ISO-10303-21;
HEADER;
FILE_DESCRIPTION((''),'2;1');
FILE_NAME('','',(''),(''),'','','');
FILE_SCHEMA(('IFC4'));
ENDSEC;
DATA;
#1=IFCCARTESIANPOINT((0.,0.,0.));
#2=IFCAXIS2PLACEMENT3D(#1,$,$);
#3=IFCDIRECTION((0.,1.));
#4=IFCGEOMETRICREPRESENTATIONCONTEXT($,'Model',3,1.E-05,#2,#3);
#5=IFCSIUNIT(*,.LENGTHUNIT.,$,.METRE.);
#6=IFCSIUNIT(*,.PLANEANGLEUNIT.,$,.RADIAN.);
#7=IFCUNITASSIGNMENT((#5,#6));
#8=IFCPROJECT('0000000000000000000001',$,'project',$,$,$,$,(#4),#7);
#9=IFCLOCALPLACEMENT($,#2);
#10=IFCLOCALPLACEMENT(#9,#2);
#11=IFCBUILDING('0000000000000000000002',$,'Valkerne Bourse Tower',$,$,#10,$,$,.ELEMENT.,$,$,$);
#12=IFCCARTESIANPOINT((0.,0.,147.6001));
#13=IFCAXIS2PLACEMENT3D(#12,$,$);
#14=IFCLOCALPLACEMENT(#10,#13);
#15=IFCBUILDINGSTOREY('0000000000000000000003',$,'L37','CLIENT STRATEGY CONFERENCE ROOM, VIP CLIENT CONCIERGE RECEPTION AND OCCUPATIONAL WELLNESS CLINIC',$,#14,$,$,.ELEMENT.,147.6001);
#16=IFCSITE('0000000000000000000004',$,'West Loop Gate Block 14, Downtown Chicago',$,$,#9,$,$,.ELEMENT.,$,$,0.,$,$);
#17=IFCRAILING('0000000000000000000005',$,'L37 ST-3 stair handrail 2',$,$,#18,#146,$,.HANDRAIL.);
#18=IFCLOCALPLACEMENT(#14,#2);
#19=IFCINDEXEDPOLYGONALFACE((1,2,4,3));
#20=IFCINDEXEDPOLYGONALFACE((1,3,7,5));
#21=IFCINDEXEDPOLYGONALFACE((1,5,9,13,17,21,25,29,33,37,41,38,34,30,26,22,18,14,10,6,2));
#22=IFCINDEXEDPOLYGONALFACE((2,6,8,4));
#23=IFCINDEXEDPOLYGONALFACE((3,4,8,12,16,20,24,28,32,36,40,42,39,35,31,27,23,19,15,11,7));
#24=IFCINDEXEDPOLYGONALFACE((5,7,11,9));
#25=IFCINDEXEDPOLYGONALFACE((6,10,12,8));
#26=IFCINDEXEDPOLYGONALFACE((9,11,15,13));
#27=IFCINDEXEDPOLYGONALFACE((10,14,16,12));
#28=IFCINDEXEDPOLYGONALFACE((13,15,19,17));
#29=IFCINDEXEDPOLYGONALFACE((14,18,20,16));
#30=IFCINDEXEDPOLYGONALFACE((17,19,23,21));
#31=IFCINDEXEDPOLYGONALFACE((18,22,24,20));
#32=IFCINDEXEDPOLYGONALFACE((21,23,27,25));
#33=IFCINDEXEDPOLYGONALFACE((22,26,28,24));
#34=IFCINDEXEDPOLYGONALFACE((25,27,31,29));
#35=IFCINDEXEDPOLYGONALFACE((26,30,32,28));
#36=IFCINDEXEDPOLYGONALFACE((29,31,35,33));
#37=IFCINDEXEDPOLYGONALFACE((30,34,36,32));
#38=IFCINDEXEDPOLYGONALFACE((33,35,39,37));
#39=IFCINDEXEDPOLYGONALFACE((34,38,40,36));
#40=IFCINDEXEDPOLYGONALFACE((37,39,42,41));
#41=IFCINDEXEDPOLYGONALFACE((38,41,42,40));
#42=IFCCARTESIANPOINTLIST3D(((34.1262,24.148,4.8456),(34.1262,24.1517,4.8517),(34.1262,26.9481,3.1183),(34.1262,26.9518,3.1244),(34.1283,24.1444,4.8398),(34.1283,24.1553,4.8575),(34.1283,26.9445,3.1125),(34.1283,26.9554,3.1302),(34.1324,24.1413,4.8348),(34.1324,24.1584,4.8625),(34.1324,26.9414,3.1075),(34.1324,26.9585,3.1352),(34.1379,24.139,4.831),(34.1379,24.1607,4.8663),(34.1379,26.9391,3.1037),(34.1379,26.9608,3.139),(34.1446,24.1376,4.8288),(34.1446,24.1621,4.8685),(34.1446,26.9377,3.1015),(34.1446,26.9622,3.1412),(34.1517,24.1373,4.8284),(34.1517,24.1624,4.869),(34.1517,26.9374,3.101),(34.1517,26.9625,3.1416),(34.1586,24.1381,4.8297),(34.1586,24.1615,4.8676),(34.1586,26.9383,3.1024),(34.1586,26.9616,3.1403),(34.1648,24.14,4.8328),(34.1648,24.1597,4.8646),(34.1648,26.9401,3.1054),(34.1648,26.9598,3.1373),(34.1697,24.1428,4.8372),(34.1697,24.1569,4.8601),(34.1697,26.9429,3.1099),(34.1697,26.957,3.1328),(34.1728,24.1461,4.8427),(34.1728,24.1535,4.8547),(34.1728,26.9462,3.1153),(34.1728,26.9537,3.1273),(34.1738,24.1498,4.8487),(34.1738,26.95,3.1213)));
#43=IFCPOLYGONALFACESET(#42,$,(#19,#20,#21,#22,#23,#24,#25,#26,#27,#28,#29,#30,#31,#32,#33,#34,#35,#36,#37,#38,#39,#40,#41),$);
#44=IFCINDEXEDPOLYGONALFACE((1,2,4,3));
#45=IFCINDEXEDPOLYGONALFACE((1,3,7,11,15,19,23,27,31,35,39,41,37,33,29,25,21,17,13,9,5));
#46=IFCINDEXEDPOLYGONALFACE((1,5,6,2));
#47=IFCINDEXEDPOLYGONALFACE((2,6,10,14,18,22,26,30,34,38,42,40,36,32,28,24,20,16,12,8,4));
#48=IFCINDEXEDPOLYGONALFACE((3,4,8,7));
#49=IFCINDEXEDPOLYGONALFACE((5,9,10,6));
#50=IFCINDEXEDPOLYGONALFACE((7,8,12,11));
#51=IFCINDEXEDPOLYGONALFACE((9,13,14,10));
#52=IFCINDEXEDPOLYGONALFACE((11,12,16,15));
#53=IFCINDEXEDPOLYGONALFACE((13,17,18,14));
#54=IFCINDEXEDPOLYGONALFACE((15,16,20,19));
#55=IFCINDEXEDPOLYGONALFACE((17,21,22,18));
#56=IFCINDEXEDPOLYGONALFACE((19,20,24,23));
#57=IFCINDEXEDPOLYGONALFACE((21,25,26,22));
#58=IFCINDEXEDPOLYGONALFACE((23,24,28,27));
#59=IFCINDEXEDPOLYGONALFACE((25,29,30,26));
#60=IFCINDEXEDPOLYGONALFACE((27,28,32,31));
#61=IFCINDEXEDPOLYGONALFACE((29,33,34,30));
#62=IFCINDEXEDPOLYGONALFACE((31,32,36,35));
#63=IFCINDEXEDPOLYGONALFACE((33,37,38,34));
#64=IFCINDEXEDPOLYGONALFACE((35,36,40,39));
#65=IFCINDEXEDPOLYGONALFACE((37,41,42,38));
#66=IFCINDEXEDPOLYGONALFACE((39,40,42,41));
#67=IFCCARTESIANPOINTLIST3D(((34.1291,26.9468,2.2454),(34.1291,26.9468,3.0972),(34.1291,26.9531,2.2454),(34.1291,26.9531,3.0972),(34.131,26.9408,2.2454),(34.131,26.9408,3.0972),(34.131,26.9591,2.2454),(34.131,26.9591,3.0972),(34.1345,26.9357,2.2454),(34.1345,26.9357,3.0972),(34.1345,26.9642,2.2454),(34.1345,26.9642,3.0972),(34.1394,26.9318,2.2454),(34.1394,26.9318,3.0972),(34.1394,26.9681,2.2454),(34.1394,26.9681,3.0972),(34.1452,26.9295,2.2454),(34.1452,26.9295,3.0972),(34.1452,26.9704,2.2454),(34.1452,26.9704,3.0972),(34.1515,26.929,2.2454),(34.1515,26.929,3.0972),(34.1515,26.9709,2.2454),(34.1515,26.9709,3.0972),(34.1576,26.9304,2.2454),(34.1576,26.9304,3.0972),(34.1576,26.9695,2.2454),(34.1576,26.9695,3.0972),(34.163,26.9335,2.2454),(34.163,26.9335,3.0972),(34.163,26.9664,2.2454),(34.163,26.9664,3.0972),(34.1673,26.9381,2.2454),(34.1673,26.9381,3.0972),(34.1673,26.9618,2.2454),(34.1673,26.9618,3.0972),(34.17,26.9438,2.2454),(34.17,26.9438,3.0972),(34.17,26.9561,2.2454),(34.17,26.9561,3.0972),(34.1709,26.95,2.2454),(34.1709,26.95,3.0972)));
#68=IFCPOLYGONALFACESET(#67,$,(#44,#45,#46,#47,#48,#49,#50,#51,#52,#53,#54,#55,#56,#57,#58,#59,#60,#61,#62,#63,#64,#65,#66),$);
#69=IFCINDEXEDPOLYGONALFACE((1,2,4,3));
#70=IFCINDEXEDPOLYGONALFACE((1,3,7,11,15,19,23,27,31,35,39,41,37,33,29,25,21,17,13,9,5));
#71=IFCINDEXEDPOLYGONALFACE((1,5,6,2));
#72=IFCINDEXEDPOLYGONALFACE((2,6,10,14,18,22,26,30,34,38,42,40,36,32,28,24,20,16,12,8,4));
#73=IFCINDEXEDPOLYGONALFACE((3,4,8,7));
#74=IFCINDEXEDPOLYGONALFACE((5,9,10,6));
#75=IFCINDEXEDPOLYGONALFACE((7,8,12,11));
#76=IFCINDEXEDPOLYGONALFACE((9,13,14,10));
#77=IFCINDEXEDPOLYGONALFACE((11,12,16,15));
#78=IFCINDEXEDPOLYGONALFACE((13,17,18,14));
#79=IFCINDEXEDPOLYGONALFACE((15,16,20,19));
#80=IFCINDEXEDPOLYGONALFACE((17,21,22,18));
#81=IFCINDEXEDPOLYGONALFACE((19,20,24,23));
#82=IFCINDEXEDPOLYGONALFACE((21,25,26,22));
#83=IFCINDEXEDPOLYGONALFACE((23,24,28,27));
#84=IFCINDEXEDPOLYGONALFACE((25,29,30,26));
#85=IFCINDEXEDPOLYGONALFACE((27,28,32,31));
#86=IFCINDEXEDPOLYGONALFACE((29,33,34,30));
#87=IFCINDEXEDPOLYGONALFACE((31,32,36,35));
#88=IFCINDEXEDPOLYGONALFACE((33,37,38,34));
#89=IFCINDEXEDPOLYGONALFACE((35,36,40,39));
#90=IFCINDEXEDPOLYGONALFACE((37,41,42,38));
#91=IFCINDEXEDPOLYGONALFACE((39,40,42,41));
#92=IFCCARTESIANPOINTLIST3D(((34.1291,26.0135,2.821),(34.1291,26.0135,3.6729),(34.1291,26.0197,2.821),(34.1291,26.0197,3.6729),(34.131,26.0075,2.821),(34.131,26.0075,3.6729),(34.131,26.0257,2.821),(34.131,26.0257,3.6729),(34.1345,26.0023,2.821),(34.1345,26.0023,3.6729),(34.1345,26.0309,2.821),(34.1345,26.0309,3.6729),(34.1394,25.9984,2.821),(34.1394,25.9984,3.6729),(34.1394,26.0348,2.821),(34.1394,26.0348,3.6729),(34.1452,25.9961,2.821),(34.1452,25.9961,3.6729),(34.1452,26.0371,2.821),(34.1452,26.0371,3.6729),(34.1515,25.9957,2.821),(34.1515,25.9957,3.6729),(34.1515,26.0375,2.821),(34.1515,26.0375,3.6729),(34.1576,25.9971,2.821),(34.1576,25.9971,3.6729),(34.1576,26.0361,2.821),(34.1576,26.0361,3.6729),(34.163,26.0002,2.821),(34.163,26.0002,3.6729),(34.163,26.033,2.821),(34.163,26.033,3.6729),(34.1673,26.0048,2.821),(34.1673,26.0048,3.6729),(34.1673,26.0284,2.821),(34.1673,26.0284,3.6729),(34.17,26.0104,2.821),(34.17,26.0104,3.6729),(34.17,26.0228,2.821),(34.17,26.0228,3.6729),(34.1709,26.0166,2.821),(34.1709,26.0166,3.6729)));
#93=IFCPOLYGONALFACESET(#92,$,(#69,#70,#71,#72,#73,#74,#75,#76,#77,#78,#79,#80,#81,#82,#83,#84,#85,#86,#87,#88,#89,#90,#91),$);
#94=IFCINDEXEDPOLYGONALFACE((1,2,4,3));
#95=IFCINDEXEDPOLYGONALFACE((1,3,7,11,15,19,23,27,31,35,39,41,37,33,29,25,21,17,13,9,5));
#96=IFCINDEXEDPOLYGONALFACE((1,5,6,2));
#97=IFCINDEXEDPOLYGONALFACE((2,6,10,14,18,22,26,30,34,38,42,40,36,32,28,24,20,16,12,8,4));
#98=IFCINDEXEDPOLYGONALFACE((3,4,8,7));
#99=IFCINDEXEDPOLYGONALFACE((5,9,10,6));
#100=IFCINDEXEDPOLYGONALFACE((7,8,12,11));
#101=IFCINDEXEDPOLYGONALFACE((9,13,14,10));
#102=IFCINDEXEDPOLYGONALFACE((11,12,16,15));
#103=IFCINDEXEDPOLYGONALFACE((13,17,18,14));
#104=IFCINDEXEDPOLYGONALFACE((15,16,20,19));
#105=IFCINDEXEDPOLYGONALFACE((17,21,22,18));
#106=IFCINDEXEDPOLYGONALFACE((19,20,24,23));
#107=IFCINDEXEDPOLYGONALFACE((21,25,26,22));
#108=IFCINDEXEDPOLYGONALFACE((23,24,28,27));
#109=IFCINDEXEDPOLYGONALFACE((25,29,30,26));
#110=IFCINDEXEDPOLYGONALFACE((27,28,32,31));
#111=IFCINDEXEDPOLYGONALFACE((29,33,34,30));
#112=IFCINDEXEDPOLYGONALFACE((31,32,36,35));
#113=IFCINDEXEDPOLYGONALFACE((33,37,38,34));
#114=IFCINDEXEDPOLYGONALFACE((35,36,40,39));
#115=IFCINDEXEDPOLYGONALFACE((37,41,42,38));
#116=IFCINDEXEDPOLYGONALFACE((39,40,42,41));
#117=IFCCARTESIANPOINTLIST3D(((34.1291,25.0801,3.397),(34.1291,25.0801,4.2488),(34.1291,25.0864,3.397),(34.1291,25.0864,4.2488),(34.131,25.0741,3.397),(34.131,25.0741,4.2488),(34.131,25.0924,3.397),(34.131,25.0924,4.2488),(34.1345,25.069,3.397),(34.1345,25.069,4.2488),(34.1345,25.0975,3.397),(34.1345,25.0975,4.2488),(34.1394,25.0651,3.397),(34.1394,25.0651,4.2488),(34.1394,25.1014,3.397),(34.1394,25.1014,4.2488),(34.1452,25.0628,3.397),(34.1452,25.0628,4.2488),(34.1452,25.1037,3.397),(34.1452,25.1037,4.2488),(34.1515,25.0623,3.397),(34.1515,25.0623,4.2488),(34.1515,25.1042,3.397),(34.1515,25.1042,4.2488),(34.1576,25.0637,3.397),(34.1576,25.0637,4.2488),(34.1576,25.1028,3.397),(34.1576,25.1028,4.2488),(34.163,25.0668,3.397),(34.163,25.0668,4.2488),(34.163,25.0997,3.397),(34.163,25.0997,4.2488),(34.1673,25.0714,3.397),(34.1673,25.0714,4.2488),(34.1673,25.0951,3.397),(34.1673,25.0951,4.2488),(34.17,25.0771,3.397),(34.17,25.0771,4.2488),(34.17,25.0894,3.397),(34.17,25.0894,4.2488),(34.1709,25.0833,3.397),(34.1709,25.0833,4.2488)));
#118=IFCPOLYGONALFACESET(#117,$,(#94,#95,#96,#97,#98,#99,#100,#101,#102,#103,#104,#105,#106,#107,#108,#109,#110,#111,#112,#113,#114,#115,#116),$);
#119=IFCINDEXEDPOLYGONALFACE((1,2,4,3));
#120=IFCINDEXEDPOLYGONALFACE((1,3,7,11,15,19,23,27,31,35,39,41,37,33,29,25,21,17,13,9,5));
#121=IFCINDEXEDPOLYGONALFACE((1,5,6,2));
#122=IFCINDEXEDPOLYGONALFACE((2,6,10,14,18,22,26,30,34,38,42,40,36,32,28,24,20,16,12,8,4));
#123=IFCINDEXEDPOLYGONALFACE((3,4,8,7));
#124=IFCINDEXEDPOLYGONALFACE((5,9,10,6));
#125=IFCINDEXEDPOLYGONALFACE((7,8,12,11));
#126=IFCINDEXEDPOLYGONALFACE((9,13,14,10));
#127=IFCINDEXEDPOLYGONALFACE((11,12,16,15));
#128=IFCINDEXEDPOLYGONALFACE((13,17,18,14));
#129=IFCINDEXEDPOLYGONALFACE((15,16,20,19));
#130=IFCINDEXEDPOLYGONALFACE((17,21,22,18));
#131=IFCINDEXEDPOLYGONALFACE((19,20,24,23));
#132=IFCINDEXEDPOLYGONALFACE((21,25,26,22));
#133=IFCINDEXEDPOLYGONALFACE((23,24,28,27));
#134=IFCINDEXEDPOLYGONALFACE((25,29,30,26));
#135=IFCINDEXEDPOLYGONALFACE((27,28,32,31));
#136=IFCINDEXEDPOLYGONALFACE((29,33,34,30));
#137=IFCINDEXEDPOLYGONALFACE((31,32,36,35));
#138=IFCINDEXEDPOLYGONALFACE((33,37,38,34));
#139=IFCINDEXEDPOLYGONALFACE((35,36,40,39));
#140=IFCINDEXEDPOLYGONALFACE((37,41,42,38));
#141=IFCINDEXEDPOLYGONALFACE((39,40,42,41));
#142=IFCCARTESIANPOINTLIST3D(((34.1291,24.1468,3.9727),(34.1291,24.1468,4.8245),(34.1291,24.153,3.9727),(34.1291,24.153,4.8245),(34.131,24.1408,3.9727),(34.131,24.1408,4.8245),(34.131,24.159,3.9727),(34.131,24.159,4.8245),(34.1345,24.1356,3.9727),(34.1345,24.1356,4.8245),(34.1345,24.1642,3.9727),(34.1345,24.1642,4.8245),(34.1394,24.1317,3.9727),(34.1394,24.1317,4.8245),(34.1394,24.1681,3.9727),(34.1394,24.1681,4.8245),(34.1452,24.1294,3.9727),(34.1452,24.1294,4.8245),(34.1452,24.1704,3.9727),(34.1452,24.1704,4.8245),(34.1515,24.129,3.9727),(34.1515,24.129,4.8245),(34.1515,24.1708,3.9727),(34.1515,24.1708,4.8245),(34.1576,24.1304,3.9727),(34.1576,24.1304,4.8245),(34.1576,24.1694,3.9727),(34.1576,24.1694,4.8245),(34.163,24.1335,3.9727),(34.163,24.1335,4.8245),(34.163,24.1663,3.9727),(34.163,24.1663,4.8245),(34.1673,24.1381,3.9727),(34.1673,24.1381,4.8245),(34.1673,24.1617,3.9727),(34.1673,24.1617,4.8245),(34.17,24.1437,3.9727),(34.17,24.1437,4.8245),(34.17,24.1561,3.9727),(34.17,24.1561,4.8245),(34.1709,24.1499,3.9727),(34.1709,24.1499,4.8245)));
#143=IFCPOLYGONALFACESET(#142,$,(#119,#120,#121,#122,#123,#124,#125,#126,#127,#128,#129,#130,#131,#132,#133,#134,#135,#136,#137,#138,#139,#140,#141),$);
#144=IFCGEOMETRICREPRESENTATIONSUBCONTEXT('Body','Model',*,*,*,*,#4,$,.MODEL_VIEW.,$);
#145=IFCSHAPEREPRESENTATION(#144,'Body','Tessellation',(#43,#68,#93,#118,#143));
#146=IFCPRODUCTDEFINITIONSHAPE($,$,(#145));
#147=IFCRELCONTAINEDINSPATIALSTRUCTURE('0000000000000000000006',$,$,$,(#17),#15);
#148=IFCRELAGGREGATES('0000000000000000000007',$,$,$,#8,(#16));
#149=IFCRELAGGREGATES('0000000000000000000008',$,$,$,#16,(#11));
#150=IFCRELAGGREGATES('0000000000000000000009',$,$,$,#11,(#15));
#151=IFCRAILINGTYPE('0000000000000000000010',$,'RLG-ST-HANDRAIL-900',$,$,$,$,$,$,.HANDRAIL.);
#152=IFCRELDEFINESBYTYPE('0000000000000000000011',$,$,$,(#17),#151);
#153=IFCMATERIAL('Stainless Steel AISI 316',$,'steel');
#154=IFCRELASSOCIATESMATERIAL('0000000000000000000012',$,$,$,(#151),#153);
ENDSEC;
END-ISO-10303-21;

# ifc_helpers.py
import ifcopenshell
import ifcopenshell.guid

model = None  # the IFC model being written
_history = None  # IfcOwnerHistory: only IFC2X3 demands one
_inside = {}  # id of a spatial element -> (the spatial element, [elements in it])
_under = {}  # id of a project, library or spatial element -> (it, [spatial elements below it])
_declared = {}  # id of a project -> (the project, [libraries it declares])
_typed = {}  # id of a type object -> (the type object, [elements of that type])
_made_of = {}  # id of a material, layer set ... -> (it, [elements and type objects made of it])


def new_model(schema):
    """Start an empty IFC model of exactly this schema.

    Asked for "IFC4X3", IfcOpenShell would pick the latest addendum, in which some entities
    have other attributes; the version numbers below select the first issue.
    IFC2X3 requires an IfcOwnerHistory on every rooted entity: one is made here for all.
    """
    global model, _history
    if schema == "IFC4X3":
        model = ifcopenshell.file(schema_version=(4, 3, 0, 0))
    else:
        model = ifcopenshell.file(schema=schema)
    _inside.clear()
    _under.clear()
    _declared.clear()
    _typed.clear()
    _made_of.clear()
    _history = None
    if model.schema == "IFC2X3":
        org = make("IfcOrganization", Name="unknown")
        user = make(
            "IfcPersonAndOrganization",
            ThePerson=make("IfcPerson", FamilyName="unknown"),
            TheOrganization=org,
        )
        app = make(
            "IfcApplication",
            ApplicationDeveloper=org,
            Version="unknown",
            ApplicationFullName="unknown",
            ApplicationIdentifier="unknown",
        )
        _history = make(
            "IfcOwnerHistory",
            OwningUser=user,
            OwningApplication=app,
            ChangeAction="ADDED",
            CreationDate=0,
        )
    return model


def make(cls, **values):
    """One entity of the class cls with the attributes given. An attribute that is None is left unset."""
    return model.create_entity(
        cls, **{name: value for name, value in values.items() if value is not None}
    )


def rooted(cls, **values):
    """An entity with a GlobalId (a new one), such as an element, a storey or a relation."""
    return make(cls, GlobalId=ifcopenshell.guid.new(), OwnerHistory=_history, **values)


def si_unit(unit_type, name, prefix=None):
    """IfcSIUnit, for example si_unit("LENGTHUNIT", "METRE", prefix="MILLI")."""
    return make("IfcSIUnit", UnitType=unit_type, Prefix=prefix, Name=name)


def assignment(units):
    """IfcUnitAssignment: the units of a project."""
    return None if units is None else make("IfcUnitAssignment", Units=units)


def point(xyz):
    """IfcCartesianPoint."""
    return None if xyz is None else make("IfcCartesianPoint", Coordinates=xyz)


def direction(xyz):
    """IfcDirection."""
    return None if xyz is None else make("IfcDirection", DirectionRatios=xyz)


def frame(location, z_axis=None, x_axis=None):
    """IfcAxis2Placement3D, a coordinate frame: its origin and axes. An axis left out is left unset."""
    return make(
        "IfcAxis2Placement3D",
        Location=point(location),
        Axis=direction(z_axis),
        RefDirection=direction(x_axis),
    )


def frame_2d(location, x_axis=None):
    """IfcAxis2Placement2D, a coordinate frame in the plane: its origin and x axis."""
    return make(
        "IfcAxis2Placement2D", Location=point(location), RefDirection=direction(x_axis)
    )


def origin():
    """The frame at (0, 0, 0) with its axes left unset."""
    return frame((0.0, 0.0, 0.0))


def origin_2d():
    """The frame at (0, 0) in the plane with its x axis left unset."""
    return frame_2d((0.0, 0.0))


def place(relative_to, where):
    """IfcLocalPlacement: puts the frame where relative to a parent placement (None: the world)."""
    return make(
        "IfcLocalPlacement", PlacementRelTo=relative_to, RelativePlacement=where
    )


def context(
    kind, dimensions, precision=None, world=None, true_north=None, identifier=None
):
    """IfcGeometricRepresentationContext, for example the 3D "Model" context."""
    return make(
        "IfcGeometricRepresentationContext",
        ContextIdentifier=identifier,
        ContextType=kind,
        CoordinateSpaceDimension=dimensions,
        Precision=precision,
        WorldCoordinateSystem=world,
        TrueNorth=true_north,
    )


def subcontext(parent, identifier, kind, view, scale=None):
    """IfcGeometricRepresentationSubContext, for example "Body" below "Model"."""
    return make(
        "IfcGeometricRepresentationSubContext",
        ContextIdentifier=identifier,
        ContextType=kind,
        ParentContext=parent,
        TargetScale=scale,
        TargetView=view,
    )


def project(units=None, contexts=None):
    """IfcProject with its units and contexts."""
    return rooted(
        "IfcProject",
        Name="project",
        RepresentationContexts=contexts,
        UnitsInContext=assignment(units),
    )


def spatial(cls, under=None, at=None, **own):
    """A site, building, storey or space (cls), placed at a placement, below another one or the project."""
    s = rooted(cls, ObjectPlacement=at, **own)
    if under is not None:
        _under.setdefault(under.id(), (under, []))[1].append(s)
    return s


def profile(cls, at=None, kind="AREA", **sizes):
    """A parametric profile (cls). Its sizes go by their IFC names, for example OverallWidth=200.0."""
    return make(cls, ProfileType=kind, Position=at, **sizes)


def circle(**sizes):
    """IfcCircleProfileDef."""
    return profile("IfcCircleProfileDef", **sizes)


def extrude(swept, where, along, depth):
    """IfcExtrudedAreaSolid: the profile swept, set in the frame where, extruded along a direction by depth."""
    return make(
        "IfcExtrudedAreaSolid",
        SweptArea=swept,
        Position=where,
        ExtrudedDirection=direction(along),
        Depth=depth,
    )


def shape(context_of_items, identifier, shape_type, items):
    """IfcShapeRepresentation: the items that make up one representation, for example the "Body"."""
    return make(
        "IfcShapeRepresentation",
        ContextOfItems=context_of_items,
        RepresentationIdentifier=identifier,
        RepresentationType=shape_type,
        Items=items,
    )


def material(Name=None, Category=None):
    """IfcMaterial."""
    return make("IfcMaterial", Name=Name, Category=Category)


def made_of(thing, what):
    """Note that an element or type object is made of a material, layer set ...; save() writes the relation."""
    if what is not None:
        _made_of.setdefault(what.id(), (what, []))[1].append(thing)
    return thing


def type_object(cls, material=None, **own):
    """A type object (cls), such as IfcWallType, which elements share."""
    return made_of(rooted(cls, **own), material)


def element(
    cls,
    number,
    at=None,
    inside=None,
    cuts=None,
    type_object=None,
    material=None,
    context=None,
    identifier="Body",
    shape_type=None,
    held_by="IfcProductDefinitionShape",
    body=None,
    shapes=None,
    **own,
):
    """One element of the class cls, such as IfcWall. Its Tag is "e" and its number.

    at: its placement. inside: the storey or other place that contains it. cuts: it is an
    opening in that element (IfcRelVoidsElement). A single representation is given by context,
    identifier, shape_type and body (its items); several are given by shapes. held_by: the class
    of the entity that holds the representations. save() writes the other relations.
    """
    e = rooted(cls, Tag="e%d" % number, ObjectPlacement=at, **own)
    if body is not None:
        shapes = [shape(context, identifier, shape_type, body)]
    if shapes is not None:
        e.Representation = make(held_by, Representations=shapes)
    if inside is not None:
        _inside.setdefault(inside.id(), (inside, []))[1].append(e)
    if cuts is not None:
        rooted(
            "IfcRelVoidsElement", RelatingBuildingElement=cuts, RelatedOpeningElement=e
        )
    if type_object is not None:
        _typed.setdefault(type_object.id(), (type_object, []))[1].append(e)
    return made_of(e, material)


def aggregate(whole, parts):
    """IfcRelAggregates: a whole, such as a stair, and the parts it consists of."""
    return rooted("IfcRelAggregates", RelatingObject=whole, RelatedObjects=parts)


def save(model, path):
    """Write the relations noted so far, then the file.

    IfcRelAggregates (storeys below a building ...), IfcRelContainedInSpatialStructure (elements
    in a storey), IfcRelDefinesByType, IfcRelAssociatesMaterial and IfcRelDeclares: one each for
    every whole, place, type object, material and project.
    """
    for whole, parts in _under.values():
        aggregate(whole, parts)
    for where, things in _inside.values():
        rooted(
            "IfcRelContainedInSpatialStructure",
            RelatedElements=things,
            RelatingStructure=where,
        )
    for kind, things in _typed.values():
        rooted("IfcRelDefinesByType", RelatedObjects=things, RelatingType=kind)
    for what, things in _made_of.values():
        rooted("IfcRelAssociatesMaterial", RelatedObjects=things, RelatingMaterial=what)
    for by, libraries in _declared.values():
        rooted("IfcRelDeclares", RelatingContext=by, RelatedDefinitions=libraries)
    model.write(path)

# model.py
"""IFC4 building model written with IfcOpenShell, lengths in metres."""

from ifc_helpers import new_model, si_unit, direction, frame, origin, origin_2d, place, context, subcontext, project, spatial, circle, extrude, material, type_object, element, save


model = new_model("IFC4")

# Units and contexts
model_context = context("Model", 3, precision=1e-05, world=origin(), true_north=direction((0.0, 1.0)))
body_context = subcontext(model_context, "Body", "Model", "MODEL_VIEW")
ifc_project = project(units=[si_unit("LENGTHUNIT", "METRE"), si_unit("PLANEANGLEUNIT", "RADIAN")], contexts=[model_context])

# Site, building, storey
site_placement = place(None, origin())
site = spatial("IfcSite", under=ifc_project, at=site_placement, Name="West Loop Gate Block 14, Downtown Chicago", CompositionType="ELEMENT", RefElevation=0.0)
building_placement = place(site_placement, origin())
building = spatial("IfcBuilding", under=site, at=building_placement, Name="Valkerne Bourse Tower", CompositionType="ELEMENT")
storey_placement = place(building_placement, frame((0.0, 0.0, 147.6001)))
storey = spatial("IfcBuildingStorey", under=building, at=storey_placement, Name="L37", Description="CLIENT STRATEGY CONFERENCE ROOM, VIP CLIENT CONCIERGE RECEPTION AND OCCUPATIONAL WELLNESS CLINIC", CompositionType="ELEMENT", Elevation=147.6001)

# Railing
ifc_material_1 = material(Name="Stainless Steel AISI 316", Category="steel")
railing_type_1 = type_object("IfcRailingType", Name="RLG-ST-HANDRAIL-900", PredefinedType="HANDRAIL", material=ifc_material_1)
railing_1_placement = place(storey_placement, frame((34.1499, 26.95, 2.2454)))
element("IfcRailing", 1, at=railing_1_placement, inside=storey, type_object=railing_type_1, Name="L37 ST-3 stair handrail 2", PredefinedType="HANDRAIL", context=body_context, shape_type="SweptSolid", body=[
    extrude(circle(Radius=0.0239, at=origin_2d()), frame((0.0, 0.0, 0.876), z_axis=(0.0, -0.85109, 0.52502), x_axis=(1.0, 0.0, 0.0)), (0.0, 0.0, 1.0), 3.29),
    extrude(circle(Radius=0.021, at=origin_2d()), origin(), (0.0, 0.0, 1.0), 0.8518),
    extrude(circle(Radius=0.021, at=origin_2d()), frame((0.0, -0.9333, 0.5757)), (0.0, 0.0, 1.0), 0.8518),
    extrude(circle(Radius=0.021, at=origin_2d()), frame((0.0, -1.8667, 1.1516)), (0.0, 0.0, 1.0), 0.8518),
    extrude(circle(Radius=0.021, at=origin_2d()), frame((0.0, -2.8, 1.7273)), (0.0, 0.0, 1.0), 0.8518),
])

save(model, "model.ifc")
